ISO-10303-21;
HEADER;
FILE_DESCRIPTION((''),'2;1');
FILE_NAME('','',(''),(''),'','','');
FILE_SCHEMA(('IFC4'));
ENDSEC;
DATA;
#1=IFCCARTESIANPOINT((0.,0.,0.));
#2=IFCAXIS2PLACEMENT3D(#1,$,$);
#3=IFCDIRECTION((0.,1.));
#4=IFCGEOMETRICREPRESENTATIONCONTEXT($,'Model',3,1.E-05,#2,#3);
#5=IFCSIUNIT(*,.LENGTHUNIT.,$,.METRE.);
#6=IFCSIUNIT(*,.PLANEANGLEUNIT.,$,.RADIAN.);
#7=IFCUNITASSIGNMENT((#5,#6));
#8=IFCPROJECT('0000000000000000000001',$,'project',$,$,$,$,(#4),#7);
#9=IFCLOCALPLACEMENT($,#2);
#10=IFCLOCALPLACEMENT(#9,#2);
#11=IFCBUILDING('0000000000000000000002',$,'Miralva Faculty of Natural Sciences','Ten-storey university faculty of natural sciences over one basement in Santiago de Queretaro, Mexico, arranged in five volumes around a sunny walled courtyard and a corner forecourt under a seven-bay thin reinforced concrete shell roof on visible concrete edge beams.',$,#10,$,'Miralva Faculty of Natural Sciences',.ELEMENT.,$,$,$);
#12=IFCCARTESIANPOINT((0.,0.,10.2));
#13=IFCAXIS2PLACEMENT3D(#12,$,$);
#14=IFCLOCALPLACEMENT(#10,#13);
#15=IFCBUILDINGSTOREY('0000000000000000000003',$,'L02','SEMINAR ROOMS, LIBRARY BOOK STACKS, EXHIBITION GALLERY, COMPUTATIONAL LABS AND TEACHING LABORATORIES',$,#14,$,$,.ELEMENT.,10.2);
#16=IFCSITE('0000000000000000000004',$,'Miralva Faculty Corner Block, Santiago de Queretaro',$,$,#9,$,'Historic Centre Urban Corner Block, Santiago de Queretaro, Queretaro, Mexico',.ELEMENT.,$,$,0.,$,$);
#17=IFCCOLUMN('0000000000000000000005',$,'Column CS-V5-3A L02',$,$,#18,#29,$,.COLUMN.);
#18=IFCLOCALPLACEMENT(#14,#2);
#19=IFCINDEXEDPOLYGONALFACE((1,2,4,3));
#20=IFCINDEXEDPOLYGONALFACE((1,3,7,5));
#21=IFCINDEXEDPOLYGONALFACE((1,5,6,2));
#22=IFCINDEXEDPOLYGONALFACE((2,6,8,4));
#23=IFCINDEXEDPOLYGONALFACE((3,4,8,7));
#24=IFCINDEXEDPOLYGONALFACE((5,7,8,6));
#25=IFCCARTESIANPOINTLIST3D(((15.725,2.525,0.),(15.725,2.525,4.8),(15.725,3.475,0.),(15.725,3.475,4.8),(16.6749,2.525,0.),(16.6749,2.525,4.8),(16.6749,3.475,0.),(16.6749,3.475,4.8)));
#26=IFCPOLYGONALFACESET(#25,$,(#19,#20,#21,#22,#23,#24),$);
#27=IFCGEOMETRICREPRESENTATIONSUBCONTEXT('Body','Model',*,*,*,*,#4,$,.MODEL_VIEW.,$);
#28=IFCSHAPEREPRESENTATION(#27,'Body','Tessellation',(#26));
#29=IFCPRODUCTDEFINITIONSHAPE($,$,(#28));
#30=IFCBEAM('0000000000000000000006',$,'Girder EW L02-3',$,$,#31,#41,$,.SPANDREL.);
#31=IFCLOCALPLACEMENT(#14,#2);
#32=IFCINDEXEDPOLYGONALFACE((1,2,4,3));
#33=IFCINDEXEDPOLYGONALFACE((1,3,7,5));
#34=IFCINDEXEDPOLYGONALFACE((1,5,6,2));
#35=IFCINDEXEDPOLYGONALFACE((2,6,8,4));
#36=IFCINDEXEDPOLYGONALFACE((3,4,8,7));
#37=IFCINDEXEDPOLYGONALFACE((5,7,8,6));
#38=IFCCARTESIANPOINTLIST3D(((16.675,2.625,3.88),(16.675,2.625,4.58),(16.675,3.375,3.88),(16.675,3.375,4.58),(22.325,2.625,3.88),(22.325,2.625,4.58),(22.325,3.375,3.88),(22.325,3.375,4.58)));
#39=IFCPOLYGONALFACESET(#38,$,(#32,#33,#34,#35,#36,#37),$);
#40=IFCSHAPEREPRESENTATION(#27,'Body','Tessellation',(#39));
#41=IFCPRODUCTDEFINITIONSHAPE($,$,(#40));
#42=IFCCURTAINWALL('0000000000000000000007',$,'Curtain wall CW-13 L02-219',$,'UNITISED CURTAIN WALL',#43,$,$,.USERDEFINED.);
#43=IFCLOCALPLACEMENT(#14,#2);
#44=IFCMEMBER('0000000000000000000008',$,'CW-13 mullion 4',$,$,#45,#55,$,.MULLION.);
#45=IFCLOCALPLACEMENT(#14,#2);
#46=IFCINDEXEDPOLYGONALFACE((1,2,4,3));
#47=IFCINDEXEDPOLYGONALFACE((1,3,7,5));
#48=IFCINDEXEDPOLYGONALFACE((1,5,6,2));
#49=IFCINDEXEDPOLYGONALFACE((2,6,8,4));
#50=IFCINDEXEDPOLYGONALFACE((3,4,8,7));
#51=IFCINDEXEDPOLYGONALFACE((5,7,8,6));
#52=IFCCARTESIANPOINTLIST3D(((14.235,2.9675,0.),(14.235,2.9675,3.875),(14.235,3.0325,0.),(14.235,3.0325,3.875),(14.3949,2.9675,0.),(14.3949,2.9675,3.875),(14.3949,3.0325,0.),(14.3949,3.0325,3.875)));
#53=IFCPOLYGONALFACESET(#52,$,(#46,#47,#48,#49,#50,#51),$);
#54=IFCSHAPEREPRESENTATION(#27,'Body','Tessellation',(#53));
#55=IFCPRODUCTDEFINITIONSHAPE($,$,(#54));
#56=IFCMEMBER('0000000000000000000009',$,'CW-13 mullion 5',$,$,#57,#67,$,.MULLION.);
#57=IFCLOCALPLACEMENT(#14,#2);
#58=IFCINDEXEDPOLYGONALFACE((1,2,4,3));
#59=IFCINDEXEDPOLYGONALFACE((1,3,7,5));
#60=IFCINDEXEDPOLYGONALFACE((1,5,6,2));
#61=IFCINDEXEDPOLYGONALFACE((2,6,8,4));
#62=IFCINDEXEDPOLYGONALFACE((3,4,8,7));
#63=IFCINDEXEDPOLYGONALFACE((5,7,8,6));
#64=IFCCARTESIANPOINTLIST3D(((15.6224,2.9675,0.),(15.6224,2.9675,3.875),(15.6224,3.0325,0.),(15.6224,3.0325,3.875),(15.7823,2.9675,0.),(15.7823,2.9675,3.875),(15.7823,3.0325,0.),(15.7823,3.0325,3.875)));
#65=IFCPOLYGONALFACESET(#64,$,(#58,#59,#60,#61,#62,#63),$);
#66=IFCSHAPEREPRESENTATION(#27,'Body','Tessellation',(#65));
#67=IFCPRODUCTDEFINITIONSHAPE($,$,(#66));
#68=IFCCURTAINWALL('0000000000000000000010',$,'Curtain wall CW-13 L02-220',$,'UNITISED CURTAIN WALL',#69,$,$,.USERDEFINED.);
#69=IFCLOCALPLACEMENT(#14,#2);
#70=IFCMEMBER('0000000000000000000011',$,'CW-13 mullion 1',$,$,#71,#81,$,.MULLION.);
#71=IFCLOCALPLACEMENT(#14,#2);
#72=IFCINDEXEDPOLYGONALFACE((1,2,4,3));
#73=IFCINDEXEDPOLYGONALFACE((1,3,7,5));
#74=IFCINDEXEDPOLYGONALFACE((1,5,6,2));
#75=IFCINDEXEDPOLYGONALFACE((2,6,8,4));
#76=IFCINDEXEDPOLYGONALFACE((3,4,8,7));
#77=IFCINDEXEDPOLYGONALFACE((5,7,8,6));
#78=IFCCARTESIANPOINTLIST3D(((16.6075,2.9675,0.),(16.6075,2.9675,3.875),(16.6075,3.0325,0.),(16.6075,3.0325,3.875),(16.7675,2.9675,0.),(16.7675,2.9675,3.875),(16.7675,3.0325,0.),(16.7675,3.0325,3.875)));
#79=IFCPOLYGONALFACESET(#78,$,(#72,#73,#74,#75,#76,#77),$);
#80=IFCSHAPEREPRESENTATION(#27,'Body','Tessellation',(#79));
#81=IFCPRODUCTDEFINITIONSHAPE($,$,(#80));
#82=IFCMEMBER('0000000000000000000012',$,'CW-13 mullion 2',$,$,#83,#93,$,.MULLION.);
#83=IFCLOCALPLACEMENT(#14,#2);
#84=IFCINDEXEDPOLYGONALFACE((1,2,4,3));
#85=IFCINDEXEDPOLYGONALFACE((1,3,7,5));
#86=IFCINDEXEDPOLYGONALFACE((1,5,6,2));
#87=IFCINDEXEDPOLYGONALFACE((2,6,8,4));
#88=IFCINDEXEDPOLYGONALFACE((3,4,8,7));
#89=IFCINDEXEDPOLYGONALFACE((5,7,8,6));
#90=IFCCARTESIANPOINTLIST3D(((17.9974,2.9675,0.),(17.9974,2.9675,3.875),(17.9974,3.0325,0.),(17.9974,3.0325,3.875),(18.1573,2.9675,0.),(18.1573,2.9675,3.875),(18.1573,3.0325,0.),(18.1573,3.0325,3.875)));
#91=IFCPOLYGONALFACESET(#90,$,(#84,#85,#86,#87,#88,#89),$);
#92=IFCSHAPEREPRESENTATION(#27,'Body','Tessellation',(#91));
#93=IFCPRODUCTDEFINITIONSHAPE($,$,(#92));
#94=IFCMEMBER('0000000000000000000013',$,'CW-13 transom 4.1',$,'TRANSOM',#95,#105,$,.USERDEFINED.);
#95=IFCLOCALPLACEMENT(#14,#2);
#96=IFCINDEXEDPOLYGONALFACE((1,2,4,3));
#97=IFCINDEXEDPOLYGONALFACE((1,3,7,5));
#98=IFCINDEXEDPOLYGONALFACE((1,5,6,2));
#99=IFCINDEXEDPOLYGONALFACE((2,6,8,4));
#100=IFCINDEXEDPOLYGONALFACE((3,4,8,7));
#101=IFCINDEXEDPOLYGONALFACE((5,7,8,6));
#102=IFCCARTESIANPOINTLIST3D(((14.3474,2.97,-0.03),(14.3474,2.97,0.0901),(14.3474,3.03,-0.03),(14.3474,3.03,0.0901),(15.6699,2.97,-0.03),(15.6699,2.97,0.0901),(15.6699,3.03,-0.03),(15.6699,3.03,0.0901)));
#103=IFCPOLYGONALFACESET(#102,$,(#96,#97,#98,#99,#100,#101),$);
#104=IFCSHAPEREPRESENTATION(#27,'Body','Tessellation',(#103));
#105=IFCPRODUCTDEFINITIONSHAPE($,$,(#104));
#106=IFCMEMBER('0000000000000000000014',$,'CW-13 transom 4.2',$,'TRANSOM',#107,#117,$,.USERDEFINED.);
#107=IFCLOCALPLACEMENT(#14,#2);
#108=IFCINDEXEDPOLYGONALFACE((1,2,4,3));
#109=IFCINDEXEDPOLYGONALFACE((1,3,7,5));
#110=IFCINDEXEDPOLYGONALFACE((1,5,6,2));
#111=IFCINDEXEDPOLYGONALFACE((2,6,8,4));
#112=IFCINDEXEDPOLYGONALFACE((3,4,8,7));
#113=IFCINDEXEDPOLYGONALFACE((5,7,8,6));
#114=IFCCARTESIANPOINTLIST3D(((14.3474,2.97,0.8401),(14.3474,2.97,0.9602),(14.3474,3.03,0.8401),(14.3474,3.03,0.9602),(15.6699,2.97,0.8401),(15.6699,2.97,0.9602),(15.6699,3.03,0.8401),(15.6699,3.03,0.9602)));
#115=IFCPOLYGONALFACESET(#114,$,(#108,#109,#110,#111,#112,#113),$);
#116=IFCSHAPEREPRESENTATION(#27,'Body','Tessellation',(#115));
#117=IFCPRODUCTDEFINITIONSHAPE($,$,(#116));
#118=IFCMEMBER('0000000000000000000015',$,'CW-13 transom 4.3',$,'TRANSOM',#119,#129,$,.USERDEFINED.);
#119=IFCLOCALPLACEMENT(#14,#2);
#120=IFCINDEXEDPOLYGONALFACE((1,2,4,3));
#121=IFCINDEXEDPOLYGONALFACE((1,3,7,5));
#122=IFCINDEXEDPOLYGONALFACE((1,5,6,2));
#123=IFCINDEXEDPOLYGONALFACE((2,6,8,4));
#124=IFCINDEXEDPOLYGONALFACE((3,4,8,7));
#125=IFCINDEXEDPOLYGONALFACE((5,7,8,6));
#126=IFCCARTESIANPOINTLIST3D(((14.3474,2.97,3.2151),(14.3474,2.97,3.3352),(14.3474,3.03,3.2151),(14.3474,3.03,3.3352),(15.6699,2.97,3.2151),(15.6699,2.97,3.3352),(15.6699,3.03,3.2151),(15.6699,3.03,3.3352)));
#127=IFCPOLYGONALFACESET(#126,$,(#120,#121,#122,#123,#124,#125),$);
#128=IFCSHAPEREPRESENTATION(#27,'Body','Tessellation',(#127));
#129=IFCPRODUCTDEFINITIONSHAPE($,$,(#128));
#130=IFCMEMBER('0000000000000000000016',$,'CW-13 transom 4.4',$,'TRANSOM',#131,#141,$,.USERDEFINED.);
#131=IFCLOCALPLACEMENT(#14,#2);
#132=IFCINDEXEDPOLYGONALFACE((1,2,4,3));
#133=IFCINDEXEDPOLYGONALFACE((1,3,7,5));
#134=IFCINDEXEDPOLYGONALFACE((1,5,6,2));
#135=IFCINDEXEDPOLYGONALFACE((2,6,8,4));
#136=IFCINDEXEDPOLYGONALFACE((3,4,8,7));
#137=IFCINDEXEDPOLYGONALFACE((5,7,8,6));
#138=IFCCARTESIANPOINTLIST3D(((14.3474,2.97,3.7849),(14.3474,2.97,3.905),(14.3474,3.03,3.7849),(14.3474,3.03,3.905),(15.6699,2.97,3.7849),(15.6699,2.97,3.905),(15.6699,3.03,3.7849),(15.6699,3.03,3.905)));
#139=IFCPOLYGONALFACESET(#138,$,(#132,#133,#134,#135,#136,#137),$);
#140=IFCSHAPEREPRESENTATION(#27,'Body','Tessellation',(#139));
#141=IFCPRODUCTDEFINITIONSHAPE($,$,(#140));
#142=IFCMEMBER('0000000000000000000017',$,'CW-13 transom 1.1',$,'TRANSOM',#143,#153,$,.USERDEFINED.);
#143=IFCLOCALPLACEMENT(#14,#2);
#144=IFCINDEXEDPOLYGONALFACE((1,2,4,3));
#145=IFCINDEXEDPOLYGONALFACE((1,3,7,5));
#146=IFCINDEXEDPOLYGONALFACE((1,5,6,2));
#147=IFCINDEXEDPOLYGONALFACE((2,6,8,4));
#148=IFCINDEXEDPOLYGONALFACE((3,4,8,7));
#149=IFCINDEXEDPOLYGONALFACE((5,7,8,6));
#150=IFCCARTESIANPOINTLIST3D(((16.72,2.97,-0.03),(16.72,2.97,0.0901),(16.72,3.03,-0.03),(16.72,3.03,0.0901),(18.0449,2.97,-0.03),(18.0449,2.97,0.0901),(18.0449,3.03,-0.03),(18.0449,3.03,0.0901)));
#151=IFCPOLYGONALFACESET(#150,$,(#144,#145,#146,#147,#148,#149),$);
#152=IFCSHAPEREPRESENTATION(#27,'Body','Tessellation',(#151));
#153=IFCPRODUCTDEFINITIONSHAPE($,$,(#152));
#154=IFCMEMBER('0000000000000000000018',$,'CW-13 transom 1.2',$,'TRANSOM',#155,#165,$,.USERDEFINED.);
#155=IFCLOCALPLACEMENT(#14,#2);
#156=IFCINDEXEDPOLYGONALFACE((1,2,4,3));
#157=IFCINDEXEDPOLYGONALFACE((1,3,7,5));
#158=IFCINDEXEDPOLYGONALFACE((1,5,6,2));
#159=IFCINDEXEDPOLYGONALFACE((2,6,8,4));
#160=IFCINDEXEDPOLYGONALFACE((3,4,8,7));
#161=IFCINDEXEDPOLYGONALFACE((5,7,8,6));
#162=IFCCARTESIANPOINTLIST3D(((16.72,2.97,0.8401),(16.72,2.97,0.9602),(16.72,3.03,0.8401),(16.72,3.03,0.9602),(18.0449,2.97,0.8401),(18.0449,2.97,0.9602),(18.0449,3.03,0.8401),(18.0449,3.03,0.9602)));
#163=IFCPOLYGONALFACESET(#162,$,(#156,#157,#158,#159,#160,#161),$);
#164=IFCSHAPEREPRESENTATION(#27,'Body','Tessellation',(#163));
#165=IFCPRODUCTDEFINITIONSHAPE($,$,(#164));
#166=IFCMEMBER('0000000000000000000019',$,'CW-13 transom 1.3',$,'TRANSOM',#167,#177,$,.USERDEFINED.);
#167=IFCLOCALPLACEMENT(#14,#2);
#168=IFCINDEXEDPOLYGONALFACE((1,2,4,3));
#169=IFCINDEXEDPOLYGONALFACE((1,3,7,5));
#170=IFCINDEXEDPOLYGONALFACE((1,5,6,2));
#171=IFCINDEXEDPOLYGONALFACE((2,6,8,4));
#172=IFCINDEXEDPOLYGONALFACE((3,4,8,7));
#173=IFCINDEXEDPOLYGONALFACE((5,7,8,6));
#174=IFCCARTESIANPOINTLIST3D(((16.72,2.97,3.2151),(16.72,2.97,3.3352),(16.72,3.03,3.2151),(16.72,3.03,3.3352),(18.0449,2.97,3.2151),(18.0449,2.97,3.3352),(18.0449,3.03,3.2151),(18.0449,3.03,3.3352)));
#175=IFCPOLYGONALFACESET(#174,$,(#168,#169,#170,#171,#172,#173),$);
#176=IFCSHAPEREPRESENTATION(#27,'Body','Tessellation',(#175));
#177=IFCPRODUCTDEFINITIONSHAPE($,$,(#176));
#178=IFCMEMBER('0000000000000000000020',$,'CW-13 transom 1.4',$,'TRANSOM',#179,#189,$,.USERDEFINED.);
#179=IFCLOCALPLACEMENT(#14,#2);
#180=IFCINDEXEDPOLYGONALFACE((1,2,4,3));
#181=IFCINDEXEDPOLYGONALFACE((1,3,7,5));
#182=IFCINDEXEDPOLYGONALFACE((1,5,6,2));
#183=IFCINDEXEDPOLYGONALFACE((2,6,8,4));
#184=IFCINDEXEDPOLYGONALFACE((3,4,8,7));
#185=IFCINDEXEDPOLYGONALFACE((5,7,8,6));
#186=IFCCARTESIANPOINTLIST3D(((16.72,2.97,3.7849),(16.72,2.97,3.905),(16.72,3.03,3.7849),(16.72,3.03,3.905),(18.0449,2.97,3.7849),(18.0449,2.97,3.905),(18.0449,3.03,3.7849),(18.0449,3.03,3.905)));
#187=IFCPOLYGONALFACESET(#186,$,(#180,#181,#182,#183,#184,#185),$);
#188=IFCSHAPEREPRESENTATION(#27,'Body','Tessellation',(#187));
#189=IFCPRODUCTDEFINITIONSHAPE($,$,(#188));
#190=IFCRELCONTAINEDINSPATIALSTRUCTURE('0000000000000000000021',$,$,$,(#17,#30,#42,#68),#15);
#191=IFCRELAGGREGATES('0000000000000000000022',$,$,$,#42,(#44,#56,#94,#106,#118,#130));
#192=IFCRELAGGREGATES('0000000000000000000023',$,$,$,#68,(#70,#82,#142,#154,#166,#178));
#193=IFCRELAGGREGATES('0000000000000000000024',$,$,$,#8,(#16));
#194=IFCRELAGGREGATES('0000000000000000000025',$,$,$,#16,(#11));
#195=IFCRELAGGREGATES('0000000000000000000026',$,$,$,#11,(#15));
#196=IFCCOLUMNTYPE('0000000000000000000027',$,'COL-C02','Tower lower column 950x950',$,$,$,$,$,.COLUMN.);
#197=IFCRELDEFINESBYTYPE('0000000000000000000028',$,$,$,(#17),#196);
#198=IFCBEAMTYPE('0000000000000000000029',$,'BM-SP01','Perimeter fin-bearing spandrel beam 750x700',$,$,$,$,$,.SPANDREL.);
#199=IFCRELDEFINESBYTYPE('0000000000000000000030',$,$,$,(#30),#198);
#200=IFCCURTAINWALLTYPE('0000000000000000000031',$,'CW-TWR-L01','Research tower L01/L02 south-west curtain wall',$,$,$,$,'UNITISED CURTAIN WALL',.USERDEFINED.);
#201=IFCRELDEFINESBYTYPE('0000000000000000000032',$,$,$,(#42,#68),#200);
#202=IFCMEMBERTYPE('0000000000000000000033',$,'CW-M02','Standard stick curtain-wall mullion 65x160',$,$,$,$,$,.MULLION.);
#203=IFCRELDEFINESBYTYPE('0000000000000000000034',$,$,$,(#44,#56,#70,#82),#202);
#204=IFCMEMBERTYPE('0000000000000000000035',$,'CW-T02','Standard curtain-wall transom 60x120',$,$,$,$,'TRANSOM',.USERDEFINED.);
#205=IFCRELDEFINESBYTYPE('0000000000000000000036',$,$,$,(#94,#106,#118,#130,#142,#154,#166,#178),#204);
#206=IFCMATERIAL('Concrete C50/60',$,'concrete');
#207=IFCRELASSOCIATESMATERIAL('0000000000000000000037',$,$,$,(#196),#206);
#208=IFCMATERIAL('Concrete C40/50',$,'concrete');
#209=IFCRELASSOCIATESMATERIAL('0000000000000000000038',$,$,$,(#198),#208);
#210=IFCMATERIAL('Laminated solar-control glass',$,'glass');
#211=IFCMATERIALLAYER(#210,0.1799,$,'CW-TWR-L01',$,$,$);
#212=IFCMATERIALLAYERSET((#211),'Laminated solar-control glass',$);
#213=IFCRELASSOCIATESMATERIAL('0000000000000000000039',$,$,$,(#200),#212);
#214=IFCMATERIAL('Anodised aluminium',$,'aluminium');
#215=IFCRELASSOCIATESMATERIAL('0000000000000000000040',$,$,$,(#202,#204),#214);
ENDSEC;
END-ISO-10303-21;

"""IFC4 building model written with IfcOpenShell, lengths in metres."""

from ifc_helpers import new_model, si_unit, direction, frame, origin, origin_2d, place, context, subcontext, project, spatial, rectangle, extrude, material, layer, layer_set, material_profile, profile_set, type_object, element, aggregate, save


model = new_model("IFC4")

# Units and contexts
model_context = context("Model", 3, precision=1e-05, world=origin(), true_north=direction((0.0, 1.0)))
body_context = subcontext(model_context, "Body", "Model", "MODEL_VIEW")
ifc_project = project(units=[si_unit("LENGTHUNIT", "METRE"), si_unit("PLANEANGLEUNIT", "RADIAN")], contexts=[model_context])

# Site, building, storey
site_placement = place(None, origin())
site = spatial("IfcSite", under=ifc_project, at=site_placement, Name="Miralva Faculty Corner Block, Santiago de Queretaro", LongName="Historic Centre Urban Corner Block, Santiago de Queretaro, Queretaro, Mexico", CompositionType="ELEMENT", RefElevation=0.0)
building_placement = place(site_placement, origin())
building = spatial("IfcBuilding", under=site, at=building_placement, Name="Miralva Faculty of Natural Sciences", Description="Ten-storey university faculty of natural sciences over one basement in Santiago de Queretaro, Mexico, arranged in five volumes around a sunny walled courtyard and a corner forecourt under a seven-bay thin reinforced concrete shell roof on visible concrete edge beams.", LongName="Miralva Faculty of Natural Sciences", CompositionType="ELEMENT")
storey_placement = place(building_placement, frame((0.0, 0.0, 10.2)))
storey = spatial("IfcBuildingStorey", under=building, at=storey_placement, Name="L02", Description="SEMINAR ROOMS, LIBRARY BOOK STACKS, EXHIBITION GALLERY, COMPUTATIONAL LABS AND TEACHING LABORATORIES", CompositionType="ELEMENT", Elevation=10.2)

# Column
ifc_material_1 = material(Name="Concrete C50/60", Category="concrete")
ifc_material_profile_1 = material_profile(ifc_material_1, rectangle(XDim=0.95, YDim=0.95, at=origin_2d()), Name="RC 950x950")
ifc_profile_set_1 = profile_set([ifc_material_profile_1], Name="Concrete C50/60")
column_type = type_object("IfcColumnType", Name="COL-C02", Description="Tower lower column 950x950", PredefinedType="COLUMN", material=ifc_profile_set_1)
column_placement = place(storey_placement, frame((16.2, 3.0, 0.0), z_axis=(0.0, 0.0, 1.0), x_axis=(1.0, 0.0, 0.0)))
element("IfcColumn", 1, at=column_placement, inside=storey, type_object=column_type, Name="Column CS-V5-3A L02", PredefinedType="COLUMN", context=body_context, shape_type="SweptSolid", body=[
    extrude(rectangle(XDim=0.95, YDim=0.95, at=origin_2d()), origin(), (0.0, 0.0, 1.0), 4.8),
])

# Beam
ifc_material_2 = material(Name="Concrete C40/50", Category="concrete")
ifc_material_profile_2 = material_profile(ifc_material_2, rectangle(XDim=0.75, YDim=0.7, at=origin_2d()), Name="RC 750x700")
ifc_profile_set_2 = profile_set([ifc_material_profile_2], Name="Concrete C40/50")
beam_type = type_object("IfcBeamType", Name="BM-SP01", Description="Perimeter fin-bearing spandrel beam 750x700", PredefinedType="SPANDREL", material=ifc_profile_set_2)
beam_placement = place(storey_placement, frame((16.675, 3.0, 4.23), z_axis=(1.0, 0.0, 0.0), x_axis=(0.0, 1.0, 0.0)))
element("IfcBeam", 2, at=beam_placement, inside=storey, type_object=beam_type, Name="Girder EW L02-3", PredefinedType="SPANDREL", context=body_context, shape_type="SweptSolid", body=[
    extrude(rectangle(XDim=0.75, YDim=0.7, at=origin_2d()), origin(), (0.0, 0.0, 1.0), 5.6499),
])

# Curtain walls, members
ifc_material_3 = material(Name="Laminated solar-control glass", Category="glass")
ifc_layer_1 = layer(ifc_material_3, 0.1799, Name="CW-TWR-L01")
ifc_layer_set_1 = layer_set([ifc_layer_1], Name="Laminated solar-control glass")
curtain_wall_type = type_object("IfcCurtainWallType", Name="CW-TWR-L01", Description="Research tower L01/L02 south-west curtain wall", ElementType="UNITISED CURTAIN WALL", PredefinedType="USERDEFINED", material=ifc_layer_set_1)
curtain_wall_1_placement = place(storey_placement, origin())
curtain_wall_1 = element("IfcCurtainWall", 3, at=curtain_wall_1_placement, inside=storey, type_object=curtain_wall_type, Name="Curtain wall CW-13 L02-219", ObjectType="UNITISED CURTAIN WALL", PredefinedType="USERDEFINED")
ifc_material_4 = material(Name="Anodised aluminium", Category="aluminium")
ifc_material_profile_3 = material_profile(ifc_material_4, rectangle(XDim=0.0649, YDim=0.1599, at=origin_2d()), Name="MULLION 65x160")
ifc_profile_set_3 = profile_set([ifc_material_profile_3], Name="Anodised aluminium")
member_type_1 = type_object("IfcMemberType", Name="CW-M02", Description="Standard stick curtain-wall mullion 65x160", PredefinedType="MULLION", material=ifc_profile_set_3)
member_1_placement = place(storey_placement, frame((14.3149, 3.0, 0.0), z_axis=(0.0, 0.0, 1.0), x_axis=(0.0, 1.0, 0.0)))
member_1 = element("IfcMember", 4, at=member_1_placement, type_object=member_type_1, Name="CW-13 mullion 4", PredefinedType="MULLION", context=body_context, shape_type="SweptSolid", body=[
    extrude(rectangle(XDim=0.0649, YDim=0.1599, at=origin_2d()), origin(), (0.0, 0.0, 1.0), 3.875),
])
member_2_placement = place(storey_placement, frame((15.7024, 3.0, 0.0), z_axis=(0.0, 0.0, 1.0), x_axis=(0.0, 1.0, 0.0)))
member_2 = element("IfcMember", 5, at=member_2_placement, type_object=member_type_1, Name="CW-13 mullion 5", PredefinedType="MULLION", context=body_context, shape_type="SweptSolid", body=[
    extrude(rectangle(XDim=0.0649, YDim=0.1599, at=origin_2d()), origin(), (0.0, 0.0, 1.0), 3.875),
])
curtain_wall_2_placement = place(storey_placement, origin())
curtain_wall_2 = element("IfcCurtainWall", 6, at=curtain_wall_2_placement, inside=storey, type_object=curtain_wall_type, Name="Curtain wall CW-13 L02-220", ObjectType="UNITISED CURTAIN WALL", PredefinedType="USERDEFINED")
member_3_placement = place(storey_placement, frame((16.6875, 3.0, 0.0), z_axis=(0.0, 0.0, 1.0), x_axis=(0.0, 1.0, 0.0)))
member_3 = element("IfcMember", 7, at=member_3_placement, type_object=member_type_1, Name="CW-13 mullion 1", PredefinedType="MULLION", context=body_context, shape_type="SweptSolid", body=[
    extrude(rectangle(XDim=0.0649, YDim=0.1599, at=origin_2d()), origin(), (0.0, 0.0, 1.0), 3.875),
])
member_4_placement = place(storey_placement, frame((18.0774, 3.0, 0.0), z_axis=(0.0, 0.0, 1.0), x_axis=(0.0, 1.0, 0.0)))
member_4 = element("IfcMember", 8, at=member_4_placement, type_object=member_type_1, Name="CW-13 mullion 2", PredefinedType="MULLION", context=body_context, shape_type="SweptSolid", body=[
    extrude(rectangle(XDim=0.0649, YDim=0.1599, at=origin_2d()), origin(), (0.0, 0.0, 1.0), 3.875),
])

# Members
ifc_material_profile_4 = material_profile(ifc_material_4, rectangle(XDim=0.0601, YDim=0.1201, at=origin_2d()), Name="TRANSOM 60x120")
ifc_profile_set_4 = profile_set([ifc_material_profile_4], Name="Anodised aluminium")
member_type_2 = type_object("IfcMemberType", Name="CW-T02", Description="Standard curtain-wall transom 60x120", ElementType="TRANSOM", PredefinedType="USERDEFINED", material=ifc_profile_set_4)
member_5_placement = place(storey_placement, frame((14.3474, 3.0, 0.03), z_axis=(1.0, 0.0, 0.0), x_axis=(0.0, 1.0, 0.0)))
member_5 = element("IfcMember", 9, at=member_5_placement, type_object=member_type_2, Name="CW-13 transom 4.1", ObjectType="TRANSOM", PredefinedType="USERDEFINED", context=body_context, shape_type="SweptSolid", body=[
    extrude(rectangle(XDim=0.0601, YDim=0.1201, at=origin_2d()), origin(), (0.0, 0.0, 1.0), 1.3225),
])
member_6_placement = place(storey_placement, frame((14.3474, 3.0, 0.9001), z_axis=(1.0, 0.0, 0.0), x_axis=(0.0, 1.0, 0.0)))
member_6 = element("IfcMember", 10, at=member_6_placement, type_object=member_type_2, Name="CW-13 transom 4.2", ObjectType="TRANSOM", PredefinedType="USERDEFINED", context=body_context, shape_type="SweptSolid", body=[
    extrude(rectangle(XDim=0.0601, YDim=0.1201, at=origin_2d()), origin(), (0.0, 0.0, 1.0), 1.3225),
])
member_7_placement = place(storey_placement, frame((14.3474, 3.0, 3.2751), z_axis=(1.0, 0.0, 0.0), x_axis=(0.0, 1.0, 0.0)))
member_7 = element("IfcMember", 11, at=member_7_placement, type_object=member_type_2, Name="CW-13 transom 4.3", ObjectType="TRANSOM", PredefinedType="USERDEFINED", context=body_context, shape_type="SweptSolid", body=[
    extrude(rectangle(XDim=0.0601, YDim=0.1201, at=origin_2d()), origin(), (0.0, 0.0, 1.0), 1.3225),
])
member_8_placement = place(storey_placement, frame((14.3474, 3.0, 3.845), z_axis=(1.0, 0.0, 0.0), x_axis=(0.0, 1.0, 0.0)))
member_8 = element("IfcMember", 12, at=member_8_placement, type_object=member_type_2, Name="CW-13 transom 4.4", ObjectType="TRANSOM", PredefinedType="USERDEFINED", context=body_context, shape_type="SweptSolid", body=[
    extrude(rectangle(XDim=0.0601, YDim=0.1201, at=origin_2d()), origin(), (0.0, 0.0, 1.0), 1.3225),
])
member_9_placement = place(storey_placement, frame((16.72, 3.0, 0.03), z_axis=(1.0, 0.0, 0.0), x_axis=(0.0, 1.0, 0.0)))
member_9 = element("IfcMember", 13, at=member_9_placement, type_object=member_type_2, Name="CW-13 transom 1.1", ObjectType="TRANSOM", PredefinedType="USERDEFINED", context=body_context, shape_type="SweptSolid", body=[
    extrude(rectangle(XDim=0.0601, YDim=0.1201, at=origin_2d()), origin(), (0.0, 0.0, 1.0), 1.325),
])
member_10_placement = place(storey_placement, frame((16.72, 3.0, 0.9001), z_axis=(1.0, 0.0, 0.0), x_axis=(0.0, 1.0, 0.0)))
member_10 = element("IfcMember", 14, at=member_10_placement, type_object=member_type_2, Name="CW-13 transom 1.2", ObjectType="TRANSOM", PredefinedType="USERDEFINED", context=body_context, shape_type="SweptSolid", body=[
    extrude(rectangle(XDim=0.0601, YDim=0.1201, at=origin_2d()), origin(), (0.0, 0.0, 1.0), 1.325),
])
member_11_placement = place(storey_placement, frame((16.72, 3.0, 3.2751), z_axis=(1.0, 0.0, 0.0), x_axis=(0.0, 1.0, 0.0)))
member_11 = element("IfcMember", 15, at=member_11_placement, type_object=member_type_2, Name="CW-13 transom 1.3", ObjectType="TRANSOM", PredefinedType="USERDEFINED", context=body_context, shape_type="SweptSolid", body=[
    extrude(rectangle(XDim=0.0601, YDim=0.1201, at=origin_2d()), origin(), (0.0, 0.0, 1.0), 1.325),
])
member_12_placement = place(storey_placement, frame((16.72, 3.0, 3.845), z_axis=(1.0, 0.0, 0.0), x_axis=(0.0, 1.0, 0.0)))
member_12 = element("IfcMember", 16, at=member_12_placement, type_object=member_type_2, Name="CW-13 transom 1.4", ObjectType="TRANSOM", PredefinedType="USERDEFINED", context=body_context, shape_type="SweptSolid", body=[
    extrude(rectangle(XDim=0.0601, YDim=0.1201, at=origin_2d()), origin(), (0.0, 0.0, 1.0), 1.325),
])

aggregate(curtain_wall_1, [member_1, member_2, member_5, member_6, member_7, member_8])
aggregate(curtain_wall_2, [member_3, member_4, member_9, member_10, member_11, member_12])

save(model, "model.ifc")
